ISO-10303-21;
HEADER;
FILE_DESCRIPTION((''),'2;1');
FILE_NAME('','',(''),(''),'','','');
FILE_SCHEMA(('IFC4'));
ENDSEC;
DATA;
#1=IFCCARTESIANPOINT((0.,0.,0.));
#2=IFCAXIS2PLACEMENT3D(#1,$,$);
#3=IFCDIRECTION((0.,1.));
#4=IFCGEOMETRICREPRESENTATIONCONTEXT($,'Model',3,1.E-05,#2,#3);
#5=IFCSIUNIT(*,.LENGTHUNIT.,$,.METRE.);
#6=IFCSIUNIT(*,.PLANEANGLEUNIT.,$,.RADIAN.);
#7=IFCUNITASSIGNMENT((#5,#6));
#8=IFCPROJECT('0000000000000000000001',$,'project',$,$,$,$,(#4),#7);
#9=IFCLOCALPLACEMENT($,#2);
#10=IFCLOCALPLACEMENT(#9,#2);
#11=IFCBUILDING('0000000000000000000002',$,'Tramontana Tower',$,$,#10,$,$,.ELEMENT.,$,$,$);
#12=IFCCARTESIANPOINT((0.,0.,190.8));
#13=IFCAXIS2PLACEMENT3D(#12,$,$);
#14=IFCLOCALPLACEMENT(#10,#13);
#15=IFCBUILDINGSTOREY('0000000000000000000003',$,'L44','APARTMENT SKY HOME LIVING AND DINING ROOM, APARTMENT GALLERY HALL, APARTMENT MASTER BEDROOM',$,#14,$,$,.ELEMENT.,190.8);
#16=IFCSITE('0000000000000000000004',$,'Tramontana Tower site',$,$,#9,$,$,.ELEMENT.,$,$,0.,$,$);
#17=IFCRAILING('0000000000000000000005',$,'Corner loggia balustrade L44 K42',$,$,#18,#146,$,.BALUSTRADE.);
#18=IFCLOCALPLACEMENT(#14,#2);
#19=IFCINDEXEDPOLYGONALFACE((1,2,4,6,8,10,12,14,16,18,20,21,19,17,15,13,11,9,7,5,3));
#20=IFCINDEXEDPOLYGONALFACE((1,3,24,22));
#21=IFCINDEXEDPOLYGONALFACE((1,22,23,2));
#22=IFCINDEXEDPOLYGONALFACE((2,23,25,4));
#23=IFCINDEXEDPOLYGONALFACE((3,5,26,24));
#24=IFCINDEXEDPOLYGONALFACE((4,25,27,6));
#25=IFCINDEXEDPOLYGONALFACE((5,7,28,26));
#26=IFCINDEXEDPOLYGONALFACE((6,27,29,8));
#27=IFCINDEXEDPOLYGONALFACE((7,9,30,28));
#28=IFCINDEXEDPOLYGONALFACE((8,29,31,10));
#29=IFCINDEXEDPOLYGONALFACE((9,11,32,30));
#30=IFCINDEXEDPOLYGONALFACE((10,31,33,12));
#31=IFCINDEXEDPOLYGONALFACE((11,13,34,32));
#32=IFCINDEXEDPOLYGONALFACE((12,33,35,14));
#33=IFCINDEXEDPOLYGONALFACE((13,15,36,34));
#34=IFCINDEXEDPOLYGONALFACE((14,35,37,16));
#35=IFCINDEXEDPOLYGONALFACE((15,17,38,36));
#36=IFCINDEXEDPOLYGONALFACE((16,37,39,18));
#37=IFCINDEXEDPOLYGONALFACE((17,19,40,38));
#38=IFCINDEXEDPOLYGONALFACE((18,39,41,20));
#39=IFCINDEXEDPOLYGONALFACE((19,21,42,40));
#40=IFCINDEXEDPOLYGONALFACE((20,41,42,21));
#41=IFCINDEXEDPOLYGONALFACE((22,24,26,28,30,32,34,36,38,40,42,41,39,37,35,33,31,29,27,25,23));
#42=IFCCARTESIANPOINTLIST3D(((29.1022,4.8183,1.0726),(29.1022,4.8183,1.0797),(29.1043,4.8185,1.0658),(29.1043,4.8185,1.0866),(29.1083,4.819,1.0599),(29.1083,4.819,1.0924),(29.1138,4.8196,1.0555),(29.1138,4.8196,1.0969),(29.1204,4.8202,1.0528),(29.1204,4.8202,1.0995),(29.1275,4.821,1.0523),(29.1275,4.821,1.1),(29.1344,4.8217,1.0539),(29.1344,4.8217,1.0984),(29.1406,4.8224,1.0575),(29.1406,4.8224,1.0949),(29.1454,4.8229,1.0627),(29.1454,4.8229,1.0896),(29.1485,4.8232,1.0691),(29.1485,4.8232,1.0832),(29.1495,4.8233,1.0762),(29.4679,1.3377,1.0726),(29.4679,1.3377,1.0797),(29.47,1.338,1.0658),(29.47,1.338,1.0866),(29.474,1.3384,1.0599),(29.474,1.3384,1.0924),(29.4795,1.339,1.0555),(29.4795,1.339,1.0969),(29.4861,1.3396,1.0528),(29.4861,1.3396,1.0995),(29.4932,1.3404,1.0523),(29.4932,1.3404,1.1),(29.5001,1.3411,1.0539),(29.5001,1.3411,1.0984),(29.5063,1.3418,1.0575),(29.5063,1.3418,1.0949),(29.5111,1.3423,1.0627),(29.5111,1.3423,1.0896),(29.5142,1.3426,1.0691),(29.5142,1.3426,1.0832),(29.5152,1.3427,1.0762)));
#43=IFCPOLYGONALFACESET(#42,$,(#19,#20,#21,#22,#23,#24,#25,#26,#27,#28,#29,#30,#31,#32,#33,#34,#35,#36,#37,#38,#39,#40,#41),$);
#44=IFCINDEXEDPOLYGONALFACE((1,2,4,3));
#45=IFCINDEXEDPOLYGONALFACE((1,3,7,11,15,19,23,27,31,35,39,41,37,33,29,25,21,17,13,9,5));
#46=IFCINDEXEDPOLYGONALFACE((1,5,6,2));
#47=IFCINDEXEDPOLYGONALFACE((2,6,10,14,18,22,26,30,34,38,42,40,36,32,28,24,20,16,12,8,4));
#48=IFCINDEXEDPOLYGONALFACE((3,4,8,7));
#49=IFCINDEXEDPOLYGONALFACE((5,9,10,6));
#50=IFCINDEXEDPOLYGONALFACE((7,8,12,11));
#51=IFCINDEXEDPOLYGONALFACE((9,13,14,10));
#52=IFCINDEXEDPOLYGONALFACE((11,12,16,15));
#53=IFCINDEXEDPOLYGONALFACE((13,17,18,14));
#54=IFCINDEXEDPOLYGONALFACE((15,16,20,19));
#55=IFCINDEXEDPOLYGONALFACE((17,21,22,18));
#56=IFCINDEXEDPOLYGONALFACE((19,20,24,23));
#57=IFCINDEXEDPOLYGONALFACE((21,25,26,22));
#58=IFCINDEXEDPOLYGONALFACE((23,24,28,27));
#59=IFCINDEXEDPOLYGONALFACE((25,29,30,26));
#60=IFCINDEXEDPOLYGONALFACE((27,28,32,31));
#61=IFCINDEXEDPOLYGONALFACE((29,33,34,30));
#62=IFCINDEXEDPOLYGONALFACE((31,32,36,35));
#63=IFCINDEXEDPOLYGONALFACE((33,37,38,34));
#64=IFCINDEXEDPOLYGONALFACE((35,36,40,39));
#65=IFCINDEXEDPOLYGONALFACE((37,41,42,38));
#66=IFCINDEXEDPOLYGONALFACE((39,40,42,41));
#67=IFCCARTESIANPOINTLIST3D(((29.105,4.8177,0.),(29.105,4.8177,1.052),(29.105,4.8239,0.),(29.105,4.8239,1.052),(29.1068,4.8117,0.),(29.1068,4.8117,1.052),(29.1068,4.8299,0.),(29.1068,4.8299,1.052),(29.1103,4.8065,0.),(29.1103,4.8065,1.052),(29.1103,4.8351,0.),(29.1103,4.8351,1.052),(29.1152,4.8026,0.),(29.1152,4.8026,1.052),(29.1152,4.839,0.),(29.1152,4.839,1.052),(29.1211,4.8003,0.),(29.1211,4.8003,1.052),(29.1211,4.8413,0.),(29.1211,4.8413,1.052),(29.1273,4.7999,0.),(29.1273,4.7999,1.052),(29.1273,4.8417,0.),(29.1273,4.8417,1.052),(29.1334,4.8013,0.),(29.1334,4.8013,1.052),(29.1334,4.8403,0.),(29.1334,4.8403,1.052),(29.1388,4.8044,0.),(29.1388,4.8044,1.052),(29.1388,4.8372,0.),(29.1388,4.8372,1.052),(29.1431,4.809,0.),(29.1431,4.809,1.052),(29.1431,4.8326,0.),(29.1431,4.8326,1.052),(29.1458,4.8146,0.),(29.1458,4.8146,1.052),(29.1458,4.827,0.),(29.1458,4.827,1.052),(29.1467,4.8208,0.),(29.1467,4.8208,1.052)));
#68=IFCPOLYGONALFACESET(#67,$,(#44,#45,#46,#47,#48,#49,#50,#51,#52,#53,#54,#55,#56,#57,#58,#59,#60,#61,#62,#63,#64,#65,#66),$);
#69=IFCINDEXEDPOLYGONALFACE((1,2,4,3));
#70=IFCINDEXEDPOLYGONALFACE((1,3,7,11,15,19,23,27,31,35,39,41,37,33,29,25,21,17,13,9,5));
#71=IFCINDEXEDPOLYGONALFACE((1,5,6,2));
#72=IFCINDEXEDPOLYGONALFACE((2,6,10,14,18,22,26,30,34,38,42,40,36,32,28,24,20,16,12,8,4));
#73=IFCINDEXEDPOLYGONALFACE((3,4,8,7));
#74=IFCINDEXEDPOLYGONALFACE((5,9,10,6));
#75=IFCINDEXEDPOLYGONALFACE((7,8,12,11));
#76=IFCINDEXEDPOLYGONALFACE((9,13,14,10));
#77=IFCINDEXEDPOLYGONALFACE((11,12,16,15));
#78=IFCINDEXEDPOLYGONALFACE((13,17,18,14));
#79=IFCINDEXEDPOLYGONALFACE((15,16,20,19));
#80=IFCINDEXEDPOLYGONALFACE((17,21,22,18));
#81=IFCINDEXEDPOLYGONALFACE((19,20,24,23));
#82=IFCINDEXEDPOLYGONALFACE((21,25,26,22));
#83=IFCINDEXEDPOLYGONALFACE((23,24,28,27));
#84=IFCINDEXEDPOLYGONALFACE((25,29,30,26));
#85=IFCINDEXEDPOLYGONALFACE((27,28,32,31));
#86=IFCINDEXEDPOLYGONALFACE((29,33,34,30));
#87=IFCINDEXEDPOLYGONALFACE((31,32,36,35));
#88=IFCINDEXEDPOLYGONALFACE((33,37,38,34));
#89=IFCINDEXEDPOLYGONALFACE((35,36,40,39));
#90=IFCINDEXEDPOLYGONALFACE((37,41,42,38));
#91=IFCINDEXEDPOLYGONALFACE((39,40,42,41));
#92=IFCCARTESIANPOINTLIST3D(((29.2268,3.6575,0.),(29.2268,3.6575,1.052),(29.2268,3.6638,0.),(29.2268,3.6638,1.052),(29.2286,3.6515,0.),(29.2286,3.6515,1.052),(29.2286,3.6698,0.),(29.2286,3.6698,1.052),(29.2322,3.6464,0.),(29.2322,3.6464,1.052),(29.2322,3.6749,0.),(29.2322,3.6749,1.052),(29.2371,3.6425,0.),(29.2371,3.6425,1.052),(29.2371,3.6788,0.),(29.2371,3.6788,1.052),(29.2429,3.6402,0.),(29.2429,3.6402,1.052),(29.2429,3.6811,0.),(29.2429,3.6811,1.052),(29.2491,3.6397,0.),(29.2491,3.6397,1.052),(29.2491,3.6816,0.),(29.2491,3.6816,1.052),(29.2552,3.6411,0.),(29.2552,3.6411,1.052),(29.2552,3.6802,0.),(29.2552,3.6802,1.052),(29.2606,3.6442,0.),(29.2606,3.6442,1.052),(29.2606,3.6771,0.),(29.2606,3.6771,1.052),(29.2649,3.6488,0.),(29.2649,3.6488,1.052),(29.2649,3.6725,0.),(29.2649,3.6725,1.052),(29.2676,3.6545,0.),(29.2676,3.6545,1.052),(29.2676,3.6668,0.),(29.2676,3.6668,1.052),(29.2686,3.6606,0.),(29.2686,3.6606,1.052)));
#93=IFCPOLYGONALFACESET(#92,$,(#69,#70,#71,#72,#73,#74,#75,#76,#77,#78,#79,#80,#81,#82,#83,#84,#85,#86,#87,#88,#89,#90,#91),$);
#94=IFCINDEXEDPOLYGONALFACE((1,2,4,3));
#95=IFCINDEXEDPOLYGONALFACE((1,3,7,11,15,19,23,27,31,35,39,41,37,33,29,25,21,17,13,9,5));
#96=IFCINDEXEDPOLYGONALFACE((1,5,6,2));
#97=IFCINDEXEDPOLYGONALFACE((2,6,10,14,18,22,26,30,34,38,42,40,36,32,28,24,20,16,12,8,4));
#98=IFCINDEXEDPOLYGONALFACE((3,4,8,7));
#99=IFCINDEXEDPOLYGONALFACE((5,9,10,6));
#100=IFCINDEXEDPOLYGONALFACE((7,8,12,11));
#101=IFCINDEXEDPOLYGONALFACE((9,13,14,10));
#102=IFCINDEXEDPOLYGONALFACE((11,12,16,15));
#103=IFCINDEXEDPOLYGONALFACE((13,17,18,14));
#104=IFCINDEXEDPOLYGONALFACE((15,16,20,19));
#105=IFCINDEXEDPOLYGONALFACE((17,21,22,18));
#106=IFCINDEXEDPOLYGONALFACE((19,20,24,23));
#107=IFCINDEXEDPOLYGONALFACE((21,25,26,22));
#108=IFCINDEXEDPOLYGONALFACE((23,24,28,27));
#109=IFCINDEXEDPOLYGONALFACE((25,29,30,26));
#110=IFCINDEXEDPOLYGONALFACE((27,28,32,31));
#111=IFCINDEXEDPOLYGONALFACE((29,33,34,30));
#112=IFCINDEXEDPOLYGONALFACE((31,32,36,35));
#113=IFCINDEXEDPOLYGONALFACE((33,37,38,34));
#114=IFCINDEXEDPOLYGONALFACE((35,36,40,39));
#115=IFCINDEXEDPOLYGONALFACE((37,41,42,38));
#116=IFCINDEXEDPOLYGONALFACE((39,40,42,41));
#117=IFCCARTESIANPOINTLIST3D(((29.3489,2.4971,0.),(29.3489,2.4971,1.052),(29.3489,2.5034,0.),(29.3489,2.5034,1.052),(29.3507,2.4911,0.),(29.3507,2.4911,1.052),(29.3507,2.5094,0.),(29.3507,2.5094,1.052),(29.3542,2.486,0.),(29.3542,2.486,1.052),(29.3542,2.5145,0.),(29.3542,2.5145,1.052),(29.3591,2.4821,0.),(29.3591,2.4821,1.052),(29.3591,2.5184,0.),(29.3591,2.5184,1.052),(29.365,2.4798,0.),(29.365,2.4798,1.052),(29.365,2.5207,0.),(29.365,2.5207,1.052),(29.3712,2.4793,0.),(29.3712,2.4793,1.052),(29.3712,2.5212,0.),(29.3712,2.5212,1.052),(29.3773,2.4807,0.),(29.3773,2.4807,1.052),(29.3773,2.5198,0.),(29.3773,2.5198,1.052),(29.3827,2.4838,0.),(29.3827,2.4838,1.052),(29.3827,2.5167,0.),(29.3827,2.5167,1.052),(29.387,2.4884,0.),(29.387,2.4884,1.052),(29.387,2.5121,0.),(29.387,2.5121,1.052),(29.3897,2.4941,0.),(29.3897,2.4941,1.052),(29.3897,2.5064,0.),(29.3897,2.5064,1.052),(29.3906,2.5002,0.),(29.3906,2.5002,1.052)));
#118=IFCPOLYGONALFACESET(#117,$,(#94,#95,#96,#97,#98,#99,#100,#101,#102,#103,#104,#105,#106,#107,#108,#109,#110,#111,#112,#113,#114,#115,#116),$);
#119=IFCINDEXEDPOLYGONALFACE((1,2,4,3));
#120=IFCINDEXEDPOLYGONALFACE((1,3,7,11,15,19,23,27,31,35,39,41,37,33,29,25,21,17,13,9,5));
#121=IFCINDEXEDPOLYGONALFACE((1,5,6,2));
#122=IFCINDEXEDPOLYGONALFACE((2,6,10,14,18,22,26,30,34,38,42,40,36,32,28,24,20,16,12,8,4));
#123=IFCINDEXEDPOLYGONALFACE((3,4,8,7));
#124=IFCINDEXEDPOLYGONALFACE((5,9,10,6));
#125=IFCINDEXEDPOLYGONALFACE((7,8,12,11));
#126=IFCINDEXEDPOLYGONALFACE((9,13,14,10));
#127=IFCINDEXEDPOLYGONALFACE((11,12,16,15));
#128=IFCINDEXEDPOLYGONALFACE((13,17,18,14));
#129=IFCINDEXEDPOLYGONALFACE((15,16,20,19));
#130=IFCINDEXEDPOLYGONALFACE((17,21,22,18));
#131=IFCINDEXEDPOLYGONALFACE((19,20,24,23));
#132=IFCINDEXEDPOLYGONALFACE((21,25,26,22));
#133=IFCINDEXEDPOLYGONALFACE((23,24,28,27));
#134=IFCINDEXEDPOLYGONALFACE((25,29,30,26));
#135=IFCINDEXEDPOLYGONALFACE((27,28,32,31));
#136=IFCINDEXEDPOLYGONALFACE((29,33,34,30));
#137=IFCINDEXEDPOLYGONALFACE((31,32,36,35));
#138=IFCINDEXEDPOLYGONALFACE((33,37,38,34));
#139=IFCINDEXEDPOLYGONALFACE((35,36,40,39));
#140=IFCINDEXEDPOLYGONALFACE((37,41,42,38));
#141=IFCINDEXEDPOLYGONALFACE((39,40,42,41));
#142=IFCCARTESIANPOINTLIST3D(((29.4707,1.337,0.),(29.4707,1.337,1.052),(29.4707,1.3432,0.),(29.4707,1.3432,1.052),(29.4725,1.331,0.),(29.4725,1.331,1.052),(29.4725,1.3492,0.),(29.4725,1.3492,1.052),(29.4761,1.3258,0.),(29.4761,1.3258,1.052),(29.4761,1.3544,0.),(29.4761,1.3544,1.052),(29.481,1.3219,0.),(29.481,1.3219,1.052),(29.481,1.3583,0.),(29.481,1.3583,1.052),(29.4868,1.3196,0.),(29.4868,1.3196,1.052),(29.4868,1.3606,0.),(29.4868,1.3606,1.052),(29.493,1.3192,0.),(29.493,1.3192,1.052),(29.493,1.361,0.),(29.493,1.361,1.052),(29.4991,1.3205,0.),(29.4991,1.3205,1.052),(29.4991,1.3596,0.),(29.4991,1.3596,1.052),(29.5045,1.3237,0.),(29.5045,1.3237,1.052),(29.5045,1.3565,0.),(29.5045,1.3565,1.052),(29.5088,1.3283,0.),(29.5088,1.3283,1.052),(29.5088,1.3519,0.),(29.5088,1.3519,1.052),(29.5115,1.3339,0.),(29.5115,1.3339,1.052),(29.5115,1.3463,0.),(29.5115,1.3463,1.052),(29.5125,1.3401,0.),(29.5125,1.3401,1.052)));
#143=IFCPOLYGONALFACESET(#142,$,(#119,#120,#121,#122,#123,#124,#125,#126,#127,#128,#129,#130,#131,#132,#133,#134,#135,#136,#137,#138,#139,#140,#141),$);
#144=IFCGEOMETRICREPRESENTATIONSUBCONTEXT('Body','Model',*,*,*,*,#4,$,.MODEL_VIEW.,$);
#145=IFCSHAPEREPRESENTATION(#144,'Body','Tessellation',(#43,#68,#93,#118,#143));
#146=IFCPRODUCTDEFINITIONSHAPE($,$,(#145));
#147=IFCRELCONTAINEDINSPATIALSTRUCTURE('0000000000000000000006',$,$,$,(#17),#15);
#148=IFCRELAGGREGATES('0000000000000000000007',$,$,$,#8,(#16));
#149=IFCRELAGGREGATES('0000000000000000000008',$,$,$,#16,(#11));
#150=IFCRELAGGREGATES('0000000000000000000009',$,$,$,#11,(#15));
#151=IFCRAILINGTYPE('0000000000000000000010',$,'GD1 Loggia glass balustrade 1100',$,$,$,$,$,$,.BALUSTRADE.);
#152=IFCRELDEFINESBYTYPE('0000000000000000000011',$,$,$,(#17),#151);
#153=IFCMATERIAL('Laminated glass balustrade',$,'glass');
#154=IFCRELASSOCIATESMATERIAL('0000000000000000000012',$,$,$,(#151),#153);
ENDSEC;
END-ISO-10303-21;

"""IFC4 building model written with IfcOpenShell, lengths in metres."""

from ifc_helpers import new_model, si_unit, direction, frame, origin, origin_2d, place, context, subcontext, project, spatial, circle, extrude, material, type_object, element, save


model = new_model("IFC4")

# Units and contexts
model_context = context("Model", 3, precision=1e-05, world=origin(), true_north=direction((0.0, 1.0)))
body_context = subcontext(model_context, "Body", "Model", "MODEL_VIEW")
ifc_project = project(units=[si_unit("LENGTHUNIT", "METRE"), si_unit("PLANEANGLEUNIT", "RADIAN")], contexts=[model_context])

# Site, building, storey
site_placement = place(None, origin())
site = spatial("IfcSite", under=ifc_project, at=site_placement, Name="Tramontana Tower site", CompositionType="ELEMENT", RefElevation=0.0)
building_placement = place(site_placement, origin())
building = spatial("IfcBuilding", under=site, at=building_placement, Name="Tramontana Tower", CompositionType="ELEMENT")
storey_placement = place(building_placement, frame((0.0, 0.0, 190.8)))
storey = spatial("IfcBuildingStorey", under=building, at=storey_placement, Name="L44", Description="APARTMENT SKY HOME LIVING AND DINING ROOM, APARTMENT GALLERY HALL, APARTMENT MASTER BEDROOM", CompositionType="ELEMENT", Elevation=190.8)

# Railing
ifc_material_1 = material(Name="Laminated glass balustrade", Category="glass")
railing_type = type_object("IfcRailingType", Name="GD1 Loggia glass balustrade 1100", PredefinedType="BALUSTRADE", material=ifc_material_1)
railing_1_placement = place(storey_placement, frame((29.1257, 4.8208, 0.0)))
element("IfcRailing", 1, at=railing_1_placement, inside=storey, type_object=railing_type, Name="Corner loggia balustrade L44 K42", PredefinedType="BALUSTRADE", context=body_context, shape_type="SweptSolid", body=[
    extrude(circle(Radius=0.0239, at=origin_2d()), frame((0.0, 0.0, 1.0762), z_axis=(0.104496, -0.994525, 0.0), x_axis=(0.994525, 0.104496, 0.0)), (0.0, 0.0, 1.0), 3.4998),
    extrude(circle(Radius=0.021, at=origin_2d()), origin(), (0.0, 0.0, 1.0), 1.052),
    extrude(circle(Radius=0.021, at=origin_2d()), frame((0.1218, -1.1602, 0.0)), (0.0, 0.0, 1.0), 1.052),
    extrude(circle(Radius=0.021, at=origin_2d()), frame((0.2439, -2.3206, 0.0)), (0.0, 0.0, 1.0), 1.052),
    extrude(circle(Radius=0.021, at=origin_2d()), frame((0.3657, -3.4807, 0.0)), (0.0, 0.0, 1.0), 1.052),
])

save(model, "model.ifc")
